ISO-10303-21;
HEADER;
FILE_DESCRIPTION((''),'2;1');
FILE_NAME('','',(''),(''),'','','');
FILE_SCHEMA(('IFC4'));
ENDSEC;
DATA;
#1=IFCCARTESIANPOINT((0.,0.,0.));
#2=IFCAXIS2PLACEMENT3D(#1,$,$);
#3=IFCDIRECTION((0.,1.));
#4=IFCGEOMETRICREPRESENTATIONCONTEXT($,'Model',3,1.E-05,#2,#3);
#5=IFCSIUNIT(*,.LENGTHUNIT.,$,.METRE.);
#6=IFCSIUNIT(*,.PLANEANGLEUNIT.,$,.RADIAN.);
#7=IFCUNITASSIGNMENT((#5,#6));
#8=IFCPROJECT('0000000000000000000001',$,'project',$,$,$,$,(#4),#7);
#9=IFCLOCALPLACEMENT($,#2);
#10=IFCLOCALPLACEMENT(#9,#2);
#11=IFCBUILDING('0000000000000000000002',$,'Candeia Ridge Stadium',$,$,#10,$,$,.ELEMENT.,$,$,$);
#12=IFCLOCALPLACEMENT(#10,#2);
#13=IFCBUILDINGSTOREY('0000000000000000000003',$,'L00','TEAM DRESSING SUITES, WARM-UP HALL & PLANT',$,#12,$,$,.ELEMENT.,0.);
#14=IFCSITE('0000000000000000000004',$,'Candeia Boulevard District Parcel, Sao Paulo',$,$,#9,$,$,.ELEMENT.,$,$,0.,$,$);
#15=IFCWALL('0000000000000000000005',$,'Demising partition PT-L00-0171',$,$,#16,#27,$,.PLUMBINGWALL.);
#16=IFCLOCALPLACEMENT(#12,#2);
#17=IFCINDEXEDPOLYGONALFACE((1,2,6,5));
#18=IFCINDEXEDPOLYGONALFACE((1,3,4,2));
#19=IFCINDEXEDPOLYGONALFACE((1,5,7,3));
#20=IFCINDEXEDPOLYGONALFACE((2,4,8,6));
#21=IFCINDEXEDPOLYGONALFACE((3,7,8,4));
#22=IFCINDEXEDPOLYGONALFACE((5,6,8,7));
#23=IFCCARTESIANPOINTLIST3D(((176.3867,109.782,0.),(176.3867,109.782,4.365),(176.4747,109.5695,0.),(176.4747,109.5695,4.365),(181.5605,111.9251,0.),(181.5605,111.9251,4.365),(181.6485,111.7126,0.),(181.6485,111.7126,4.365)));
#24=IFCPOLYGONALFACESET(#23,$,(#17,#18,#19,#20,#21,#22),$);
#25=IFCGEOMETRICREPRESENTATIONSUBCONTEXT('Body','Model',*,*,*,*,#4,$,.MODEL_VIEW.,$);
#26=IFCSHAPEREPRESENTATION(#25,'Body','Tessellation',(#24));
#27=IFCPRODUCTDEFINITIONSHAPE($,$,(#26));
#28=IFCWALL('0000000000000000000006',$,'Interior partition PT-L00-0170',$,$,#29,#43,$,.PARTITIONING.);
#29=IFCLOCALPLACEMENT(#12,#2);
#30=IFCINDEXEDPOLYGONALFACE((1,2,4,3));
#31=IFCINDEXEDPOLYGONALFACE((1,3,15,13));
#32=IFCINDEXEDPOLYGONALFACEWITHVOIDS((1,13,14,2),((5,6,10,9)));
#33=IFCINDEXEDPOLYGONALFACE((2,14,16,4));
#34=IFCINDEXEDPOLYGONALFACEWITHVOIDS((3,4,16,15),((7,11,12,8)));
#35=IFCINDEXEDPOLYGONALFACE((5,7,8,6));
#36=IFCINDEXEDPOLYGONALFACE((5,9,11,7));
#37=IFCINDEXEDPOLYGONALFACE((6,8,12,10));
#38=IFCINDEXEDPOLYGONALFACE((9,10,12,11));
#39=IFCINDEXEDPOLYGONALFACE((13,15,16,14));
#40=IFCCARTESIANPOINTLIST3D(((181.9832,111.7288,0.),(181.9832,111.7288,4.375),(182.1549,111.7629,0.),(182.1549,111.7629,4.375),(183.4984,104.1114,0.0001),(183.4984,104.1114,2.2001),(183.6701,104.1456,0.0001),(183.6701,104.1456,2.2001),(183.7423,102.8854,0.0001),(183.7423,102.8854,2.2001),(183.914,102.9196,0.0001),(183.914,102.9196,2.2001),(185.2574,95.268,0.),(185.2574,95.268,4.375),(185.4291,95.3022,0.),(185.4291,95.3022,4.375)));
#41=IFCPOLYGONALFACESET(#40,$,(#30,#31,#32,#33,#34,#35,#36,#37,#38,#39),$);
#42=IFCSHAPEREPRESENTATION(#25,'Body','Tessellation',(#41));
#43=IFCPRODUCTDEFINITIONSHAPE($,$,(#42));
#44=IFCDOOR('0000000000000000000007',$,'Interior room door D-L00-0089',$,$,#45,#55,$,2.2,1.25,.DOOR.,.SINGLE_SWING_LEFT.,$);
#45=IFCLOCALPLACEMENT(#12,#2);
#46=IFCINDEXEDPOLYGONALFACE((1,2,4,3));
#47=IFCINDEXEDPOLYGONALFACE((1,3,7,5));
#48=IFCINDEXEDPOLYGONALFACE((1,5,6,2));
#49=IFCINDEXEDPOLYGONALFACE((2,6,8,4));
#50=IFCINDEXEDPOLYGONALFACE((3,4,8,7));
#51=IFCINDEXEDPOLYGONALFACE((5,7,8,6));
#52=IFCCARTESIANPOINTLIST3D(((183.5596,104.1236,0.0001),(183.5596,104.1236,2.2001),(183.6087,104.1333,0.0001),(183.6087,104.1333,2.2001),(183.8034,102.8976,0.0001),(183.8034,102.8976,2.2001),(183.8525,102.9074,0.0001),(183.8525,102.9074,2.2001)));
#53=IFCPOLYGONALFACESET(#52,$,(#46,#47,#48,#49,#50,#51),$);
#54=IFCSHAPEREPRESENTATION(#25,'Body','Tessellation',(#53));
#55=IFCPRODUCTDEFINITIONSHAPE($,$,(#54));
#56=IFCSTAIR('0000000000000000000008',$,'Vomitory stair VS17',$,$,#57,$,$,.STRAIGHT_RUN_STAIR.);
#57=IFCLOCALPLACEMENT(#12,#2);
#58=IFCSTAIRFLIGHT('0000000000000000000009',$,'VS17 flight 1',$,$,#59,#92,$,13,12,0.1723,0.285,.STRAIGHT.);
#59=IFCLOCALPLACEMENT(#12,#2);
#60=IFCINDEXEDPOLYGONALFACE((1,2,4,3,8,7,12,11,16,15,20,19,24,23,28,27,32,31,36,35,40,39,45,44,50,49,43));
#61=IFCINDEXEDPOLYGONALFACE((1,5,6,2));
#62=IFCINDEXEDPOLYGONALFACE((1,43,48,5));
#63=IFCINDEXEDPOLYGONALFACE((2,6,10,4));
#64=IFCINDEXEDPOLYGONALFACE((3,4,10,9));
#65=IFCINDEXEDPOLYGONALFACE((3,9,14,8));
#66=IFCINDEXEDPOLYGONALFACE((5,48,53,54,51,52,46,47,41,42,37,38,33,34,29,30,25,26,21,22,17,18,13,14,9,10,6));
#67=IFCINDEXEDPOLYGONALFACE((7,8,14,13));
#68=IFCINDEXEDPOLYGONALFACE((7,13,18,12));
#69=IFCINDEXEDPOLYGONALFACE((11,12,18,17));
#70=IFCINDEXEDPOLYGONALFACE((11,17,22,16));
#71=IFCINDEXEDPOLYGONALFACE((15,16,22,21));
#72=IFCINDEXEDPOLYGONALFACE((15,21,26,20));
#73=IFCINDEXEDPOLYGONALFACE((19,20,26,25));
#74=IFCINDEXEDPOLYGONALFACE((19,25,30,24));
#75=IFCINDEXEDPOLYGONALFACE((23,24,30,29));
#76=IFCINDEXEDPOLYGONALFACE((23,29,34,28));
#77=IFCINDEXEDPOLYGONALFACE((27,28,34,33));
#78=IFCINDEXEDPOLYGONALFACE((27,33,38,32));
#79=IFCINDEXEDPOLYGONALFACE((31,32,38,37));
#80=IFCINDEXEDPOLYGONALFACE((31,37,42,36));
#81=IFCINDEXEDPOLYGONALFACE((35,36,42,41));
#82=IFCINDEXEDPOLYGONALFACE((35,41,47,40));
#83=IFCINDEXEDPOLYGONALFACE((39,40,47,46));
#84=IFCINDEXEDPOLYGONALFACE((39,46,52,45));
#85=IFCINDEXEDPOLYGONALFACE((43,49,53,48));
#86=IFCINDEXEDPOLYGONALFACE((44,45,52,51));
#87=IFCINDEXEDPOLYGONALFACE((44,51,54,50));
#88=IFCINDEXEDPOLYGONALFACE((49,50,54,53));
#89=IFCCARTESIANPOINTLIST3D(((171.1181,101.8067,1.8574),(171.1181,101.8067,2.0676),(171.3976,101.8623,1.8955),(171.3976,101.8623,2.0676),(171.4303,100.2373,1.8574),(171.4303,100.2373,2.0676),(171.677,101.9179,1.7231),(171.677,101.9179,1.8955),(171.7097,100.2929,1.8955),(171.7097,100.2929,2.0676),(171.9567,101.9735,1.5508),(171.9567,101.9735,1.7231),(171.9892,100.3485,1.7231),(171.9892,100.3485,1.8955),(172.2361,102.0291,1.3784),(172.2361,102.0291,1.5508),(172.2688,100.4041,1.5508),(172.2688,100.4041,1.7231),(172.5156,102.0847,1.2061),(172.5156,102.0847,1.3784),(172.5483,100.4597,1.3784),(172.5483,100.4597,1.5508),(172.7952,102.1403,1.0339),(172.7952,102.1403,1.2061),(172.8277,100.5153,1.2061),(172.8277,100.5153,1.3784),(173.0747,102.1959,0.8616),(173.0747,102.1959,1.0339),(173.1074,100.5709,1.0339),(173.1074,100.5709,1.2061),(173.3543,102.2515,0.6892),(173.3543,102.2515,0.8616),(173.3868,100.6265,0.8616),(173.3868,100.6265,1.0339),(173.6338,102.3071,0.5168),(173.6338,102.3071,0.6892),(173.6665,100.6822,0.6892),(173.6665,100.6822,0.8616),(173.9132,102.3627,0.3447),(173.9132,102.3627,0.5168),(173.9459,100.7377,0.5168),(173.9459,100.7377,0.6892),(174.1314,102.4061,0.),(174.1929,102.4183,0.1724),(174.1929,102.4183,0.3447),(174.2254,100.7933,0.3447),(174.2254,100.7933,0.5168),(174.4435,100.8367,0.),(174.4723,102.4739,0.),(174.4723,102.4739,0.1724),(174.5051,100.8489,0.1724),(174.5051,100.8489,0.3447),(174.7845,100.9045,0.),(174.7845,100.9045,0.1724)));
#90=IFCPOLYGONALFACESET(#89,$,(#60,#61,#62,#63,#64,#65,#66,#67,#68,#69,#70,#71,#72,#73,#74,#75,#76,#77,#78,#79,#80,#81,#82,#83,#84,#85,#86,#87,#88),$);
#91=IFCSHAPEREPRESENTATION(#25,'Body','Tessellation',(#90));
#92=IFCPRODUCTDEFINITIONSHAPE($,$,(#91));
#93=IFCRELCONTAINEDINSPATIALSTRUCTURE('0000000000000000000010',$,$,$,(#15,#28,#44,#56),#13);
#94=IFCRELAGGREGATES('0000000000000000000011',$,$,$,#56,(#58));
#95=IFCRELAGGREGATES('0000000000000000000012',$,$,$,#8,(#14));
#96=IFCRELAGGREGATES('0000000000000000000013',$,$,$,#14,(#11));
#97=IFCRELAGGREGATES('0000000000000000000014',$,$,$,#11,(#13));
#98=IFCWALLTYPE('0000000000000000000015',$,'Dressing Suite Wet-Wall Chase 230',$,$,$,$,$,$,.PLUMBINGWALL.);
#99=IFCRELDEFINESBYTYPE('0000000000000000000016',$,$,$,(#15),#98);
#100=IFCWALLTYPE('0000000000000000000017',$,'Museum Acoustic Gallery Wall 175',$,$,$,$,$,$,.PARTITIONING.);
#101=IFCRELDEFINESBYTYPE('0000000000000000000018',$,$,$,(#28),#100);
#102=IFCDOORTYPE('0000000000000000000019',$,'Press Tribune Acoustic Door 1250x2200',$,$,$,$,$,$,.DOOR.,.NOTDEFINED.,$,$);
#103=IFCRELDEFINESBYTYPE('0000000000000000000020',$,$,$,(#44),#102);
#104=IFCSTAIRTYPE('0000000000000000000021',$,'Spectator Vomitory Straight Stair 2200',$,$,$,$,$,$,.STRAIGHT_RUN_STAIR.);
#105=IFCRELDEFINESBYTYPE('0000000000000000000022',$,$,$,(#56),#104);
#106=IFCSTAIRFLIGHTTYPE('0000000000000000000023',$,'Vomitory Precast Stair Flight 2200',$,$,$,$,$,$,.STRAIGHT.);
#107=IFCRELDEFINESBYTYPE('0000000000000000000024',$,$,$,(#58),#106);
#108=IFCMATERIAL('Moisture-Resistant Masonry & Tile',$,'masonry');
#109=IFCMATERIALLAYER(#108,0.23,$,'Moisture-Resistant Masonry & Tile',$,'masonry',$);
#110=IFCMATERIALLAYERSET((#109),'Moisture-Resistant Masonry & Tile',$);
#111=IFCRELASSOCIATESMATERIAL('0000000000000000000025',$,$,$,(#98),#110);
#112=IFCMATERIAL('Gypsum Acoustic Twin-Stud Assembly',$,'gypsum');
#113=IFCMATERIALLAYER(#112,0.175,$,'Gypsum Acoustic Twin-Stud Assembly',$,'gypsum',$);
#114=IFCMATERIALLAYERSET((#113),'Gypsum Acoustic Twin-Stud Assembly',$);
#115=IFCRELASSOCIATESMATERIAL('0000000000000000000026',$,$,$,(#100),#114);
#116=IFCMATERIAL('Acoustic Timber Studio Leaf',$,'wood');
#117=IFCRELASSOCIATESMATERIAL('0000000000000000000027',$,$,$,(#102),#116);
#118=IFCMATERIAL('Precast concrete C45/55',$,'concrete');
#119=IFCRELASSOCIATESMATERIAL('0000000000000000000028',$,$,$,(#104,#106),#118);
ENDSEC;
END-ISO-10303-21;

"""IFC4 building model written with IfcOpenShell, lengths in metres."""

from ifc_helpers import new_model, si_unit, direction, frame, frame_2d, origin, place, context, subcontext, project, spatial, polyline, rectangle, outline, extrude, material, layer, layer_set, type_object, element, fill, aggregate, save


model = new_model("IFC4")

# Units and contexts
model_context = context("Model", 3, precision=1e-05, world=origin(), true_north=direction((0.0, 1.0)))
body_context = subcontext(model_context, "Body", "Model", "MODEL_VIEW")
ifc_project = project(units=[si_unit("LENGTHUNIT", "METRE"), si_unit("PLANEANGLEUNIT", "RADIAN")], contexts=[model_context])

# Site, building, storey
site_placement = place(None, origin())
site = spatial("IfcSite", under=ifc_project, at=site_placement, Name="Candeia Boulevard District Parcel, Sao Paulo", CompositionType="ELEMENT", RefElevation=0.0)
building_placement = place(site_placement, origin())
building = spatial("IfcBuilding", under=site, at=building_placement, Name="Candeia Ridge Stadium", CompositionType="ELEMENT")
storey_placement = place(building_placement, origin())
storey = spatial("IfcBuildingStorey", under=building, at=storey_placement, Name="L00", Description="TEAM DRESSING SUITES, WARM-UP HALL & PLANT", CompositionType="ELEMENT", Elevation=0.0)

# Wall
ifc_material_1 = material(Name="Moisture-Resistant Masonry & Tile", Category="masonry")
ifc_layer_1 = layer(ifc_material_1, 0.23, Name="Moisture-Resistant Masonry & Tile", Category="masonry")
ifc_layer_set_1 = layer_set([ifc_layer_1], Name="Moisture-Resistant Masonry & Tile")
wall_type_1 = type_object("IfcWallType", Name="Dressing Suite Wet-Wall Chase 230", PredefinedType="PLUMBINGWALL", material=ifc_layer_set_1)
wall_1_placement = place(storey_placement, frame((176.4307, 109.6758, 0.0), z_axis=(0.0, 0.0, 1.0), x_axis=(0.92388, 0.382683, 0.0)))
element("IfcWall", 1, at=wall_1_placement, inside=storey, type_object=wall_type_1, Name="Demising partition PT-L00-0171", PredefinedType="PLUMBINGWALL", context=body_context, shape_type="SweptSolid", body=[
    extrude(rectangle(XDim=5.6001, YDim=0.23, at=frame_2d((2.8, 0.0))), origin(), (0.0, 0.0, 1.0), 4.365),
])

# Wall, opening, door
ifc_material_2 = material(Name="Gypsum Acoustic Twin-Stud Assembly", Category="gypsum")
ifc_layer_2 = layer(ifc_material_2, 0.175, Name="Gypsum Acoustic Twin-Stud Assembly", Category="gypsum")
ifc_layer_set_2 = layer_set([ifc_layer_2], Name="Gypsum Acoustic Twin-Stud Assembly")
wall_type_2 = type_object("IfcWallType", Name="Museum Acoustic Gallery Wall 175", PredefinedType="PARTITIONING", material=ifc_layer_set_2)
wall_2_placement = place(storey_placement, frame((182.0691, 111.7458, 0.0), z_axis=(0.0, 0.0, 1.0), x_axis=(0.195087, -0.980786, 0.0)))
wall_2 = element("IfcWall", 2, at=wall_2_placement, inside=storey, type_object=wall_type_2, Name="Interior partition PT-L00-0170", PredefinedType="PARTITIONING", context=body_context, shape_type="SweptSolid", body=[
    extrude(rectangle(XDim=16.7832, YDim=0.175, at=frame_2d((8.3916, 0.0))), origin(), (0.0, 0.0, 1.0), 4.375),
])
opening_placement = place(wall_2_placement, frame((7.7666, 0.0, 0.0)))
opening = element("IfcOpeningElement", 3, at=opening_placement, cuts=wall_2, PredefinedType="OPENING", context=body_context, shape_type="SweptSolid", body=[
    extrude(rectangle(XDim=1.25, YDim=2.2, at=frame_2d((0.625, 1.1001))), frame((0.0, 0.0974, 0.0), z_axis=(0.0, -1.0, 0.0), x_axis=(1.0, 0.0, 0.0)), (0.0, 0.0, 1.0), 0.1951),
])
ifc_material_3 = material(Name="Acoustic Timber Studio Leaf", Category="wood")
door_type = type_object("IfcDoorType", Name="Press Tribune Acoustic Door 1250x2200", OperationType="NOTDEFINED", PredefinedType="DOOR", material=ifc_material_3)
door_placement = place(opening_placement, origin())
door = element("IfcDoor", 4, at=door_placement, inside=storey, type_object=door_type, Name="Interior room door D-L00-0089", OperationType="SINGLE_SWING_LEFT", OverallHeight=2.2, OverallWidth=1.25, PredefinedType="DOOR", context=body_context, shape_type="SweptSolid", body=[
    extrude(rectangle(XDim=1.25, YDim=2.2, at=frame_2d((0.625, 1.1001))), frame((0.0, 0.0249, 0.0), z_axis=(0.0, -1.0, 0.0), x_axis=(1.0, 0.0, 0.0)), (0.0, 0.0, 1.0), 0.05),
])
fill(opening, door)

# Stair, stair flight
ifc_material_4 = material(Name="Precast concrete C45/55", Category="concrete")
stair_type = type_object("IfcStairType", Name="Spectator Vomitory Straight Stair 2200", PredefinedType="STRAIGHT_RUN_STAIR", material=ifc_material_4)
stair_placement = place(storey_placement, origin())
stair = element("IfcStair", 5, at=stair_placement, inside=storey, type_object=stair_type, Name="Vomitory stair VS17", PredefinedType="STRAIGHT_RUN_STAIR")
stair_flight_type = type_object("IfcStairFlightType", Name="Vomitory Precast Stair Flight 2200", PredefinedType="STRAIGHT", material=ifc_material_4)
stair_flight_placement = place(storey_placement, frame((174.6284, 101.6892, 0.0), z_axis=(0.0, 0.0, 1.0), x_axis=(-0.980785, -0.19509, 0.0)))
stair_flight = element("IfcStairFlight", 6, at=stair_flight_placement, type_object=stair_flight_type, Name="VS17 flight 1", NumberOfRisers=13, NumberOfTreads=12, PredefinedType="STRAIGHT", RiserHeight=0.1723, TreadLength=0.285, context=body_context, shape_type="SweptSolid", body=[
    extrude(outline(polyline([(0.0, 0.0), (0.0, 0.1724), (0.2849, 0.1724), (0.2849, 0.3447), (0.5701, 0.3447), (0.5701, 0.5168), (0.855, 0.5168), (0.855, 0.6892), (1.1399, 0.6892), (1.1399, 0.8616), (1.425, 0.8616), (1.425, 1.0339), (1.71, 1.0339), (1.71, 1.2061), (1.9951, 1.2061), (1.9951, 1.3784), (2.28, 1.3784), (2.28, 1.5508), (2.5649, 1.5508), (2.5649, 1.7231), (2.8501, 1.7231), (2.8501, 1.8955), (3.135, 1.8955), (3.135, 2.0676), (3.4199, 2.0676), (3.4199, 2.24), (3.4199, 1.8574), (0.3477, 0.0), (0.0, 0.0)])), frame((0.0, 0.8, 0.0), z_axis=(0.0, -1.0, 0.0), x_axis=(1.0, 0.0, 0.0)), (0.0, 0.0, 1.0), 1.6001),
])
aggregate(stair, [stair_flight])

save(model, "model.ifc")
